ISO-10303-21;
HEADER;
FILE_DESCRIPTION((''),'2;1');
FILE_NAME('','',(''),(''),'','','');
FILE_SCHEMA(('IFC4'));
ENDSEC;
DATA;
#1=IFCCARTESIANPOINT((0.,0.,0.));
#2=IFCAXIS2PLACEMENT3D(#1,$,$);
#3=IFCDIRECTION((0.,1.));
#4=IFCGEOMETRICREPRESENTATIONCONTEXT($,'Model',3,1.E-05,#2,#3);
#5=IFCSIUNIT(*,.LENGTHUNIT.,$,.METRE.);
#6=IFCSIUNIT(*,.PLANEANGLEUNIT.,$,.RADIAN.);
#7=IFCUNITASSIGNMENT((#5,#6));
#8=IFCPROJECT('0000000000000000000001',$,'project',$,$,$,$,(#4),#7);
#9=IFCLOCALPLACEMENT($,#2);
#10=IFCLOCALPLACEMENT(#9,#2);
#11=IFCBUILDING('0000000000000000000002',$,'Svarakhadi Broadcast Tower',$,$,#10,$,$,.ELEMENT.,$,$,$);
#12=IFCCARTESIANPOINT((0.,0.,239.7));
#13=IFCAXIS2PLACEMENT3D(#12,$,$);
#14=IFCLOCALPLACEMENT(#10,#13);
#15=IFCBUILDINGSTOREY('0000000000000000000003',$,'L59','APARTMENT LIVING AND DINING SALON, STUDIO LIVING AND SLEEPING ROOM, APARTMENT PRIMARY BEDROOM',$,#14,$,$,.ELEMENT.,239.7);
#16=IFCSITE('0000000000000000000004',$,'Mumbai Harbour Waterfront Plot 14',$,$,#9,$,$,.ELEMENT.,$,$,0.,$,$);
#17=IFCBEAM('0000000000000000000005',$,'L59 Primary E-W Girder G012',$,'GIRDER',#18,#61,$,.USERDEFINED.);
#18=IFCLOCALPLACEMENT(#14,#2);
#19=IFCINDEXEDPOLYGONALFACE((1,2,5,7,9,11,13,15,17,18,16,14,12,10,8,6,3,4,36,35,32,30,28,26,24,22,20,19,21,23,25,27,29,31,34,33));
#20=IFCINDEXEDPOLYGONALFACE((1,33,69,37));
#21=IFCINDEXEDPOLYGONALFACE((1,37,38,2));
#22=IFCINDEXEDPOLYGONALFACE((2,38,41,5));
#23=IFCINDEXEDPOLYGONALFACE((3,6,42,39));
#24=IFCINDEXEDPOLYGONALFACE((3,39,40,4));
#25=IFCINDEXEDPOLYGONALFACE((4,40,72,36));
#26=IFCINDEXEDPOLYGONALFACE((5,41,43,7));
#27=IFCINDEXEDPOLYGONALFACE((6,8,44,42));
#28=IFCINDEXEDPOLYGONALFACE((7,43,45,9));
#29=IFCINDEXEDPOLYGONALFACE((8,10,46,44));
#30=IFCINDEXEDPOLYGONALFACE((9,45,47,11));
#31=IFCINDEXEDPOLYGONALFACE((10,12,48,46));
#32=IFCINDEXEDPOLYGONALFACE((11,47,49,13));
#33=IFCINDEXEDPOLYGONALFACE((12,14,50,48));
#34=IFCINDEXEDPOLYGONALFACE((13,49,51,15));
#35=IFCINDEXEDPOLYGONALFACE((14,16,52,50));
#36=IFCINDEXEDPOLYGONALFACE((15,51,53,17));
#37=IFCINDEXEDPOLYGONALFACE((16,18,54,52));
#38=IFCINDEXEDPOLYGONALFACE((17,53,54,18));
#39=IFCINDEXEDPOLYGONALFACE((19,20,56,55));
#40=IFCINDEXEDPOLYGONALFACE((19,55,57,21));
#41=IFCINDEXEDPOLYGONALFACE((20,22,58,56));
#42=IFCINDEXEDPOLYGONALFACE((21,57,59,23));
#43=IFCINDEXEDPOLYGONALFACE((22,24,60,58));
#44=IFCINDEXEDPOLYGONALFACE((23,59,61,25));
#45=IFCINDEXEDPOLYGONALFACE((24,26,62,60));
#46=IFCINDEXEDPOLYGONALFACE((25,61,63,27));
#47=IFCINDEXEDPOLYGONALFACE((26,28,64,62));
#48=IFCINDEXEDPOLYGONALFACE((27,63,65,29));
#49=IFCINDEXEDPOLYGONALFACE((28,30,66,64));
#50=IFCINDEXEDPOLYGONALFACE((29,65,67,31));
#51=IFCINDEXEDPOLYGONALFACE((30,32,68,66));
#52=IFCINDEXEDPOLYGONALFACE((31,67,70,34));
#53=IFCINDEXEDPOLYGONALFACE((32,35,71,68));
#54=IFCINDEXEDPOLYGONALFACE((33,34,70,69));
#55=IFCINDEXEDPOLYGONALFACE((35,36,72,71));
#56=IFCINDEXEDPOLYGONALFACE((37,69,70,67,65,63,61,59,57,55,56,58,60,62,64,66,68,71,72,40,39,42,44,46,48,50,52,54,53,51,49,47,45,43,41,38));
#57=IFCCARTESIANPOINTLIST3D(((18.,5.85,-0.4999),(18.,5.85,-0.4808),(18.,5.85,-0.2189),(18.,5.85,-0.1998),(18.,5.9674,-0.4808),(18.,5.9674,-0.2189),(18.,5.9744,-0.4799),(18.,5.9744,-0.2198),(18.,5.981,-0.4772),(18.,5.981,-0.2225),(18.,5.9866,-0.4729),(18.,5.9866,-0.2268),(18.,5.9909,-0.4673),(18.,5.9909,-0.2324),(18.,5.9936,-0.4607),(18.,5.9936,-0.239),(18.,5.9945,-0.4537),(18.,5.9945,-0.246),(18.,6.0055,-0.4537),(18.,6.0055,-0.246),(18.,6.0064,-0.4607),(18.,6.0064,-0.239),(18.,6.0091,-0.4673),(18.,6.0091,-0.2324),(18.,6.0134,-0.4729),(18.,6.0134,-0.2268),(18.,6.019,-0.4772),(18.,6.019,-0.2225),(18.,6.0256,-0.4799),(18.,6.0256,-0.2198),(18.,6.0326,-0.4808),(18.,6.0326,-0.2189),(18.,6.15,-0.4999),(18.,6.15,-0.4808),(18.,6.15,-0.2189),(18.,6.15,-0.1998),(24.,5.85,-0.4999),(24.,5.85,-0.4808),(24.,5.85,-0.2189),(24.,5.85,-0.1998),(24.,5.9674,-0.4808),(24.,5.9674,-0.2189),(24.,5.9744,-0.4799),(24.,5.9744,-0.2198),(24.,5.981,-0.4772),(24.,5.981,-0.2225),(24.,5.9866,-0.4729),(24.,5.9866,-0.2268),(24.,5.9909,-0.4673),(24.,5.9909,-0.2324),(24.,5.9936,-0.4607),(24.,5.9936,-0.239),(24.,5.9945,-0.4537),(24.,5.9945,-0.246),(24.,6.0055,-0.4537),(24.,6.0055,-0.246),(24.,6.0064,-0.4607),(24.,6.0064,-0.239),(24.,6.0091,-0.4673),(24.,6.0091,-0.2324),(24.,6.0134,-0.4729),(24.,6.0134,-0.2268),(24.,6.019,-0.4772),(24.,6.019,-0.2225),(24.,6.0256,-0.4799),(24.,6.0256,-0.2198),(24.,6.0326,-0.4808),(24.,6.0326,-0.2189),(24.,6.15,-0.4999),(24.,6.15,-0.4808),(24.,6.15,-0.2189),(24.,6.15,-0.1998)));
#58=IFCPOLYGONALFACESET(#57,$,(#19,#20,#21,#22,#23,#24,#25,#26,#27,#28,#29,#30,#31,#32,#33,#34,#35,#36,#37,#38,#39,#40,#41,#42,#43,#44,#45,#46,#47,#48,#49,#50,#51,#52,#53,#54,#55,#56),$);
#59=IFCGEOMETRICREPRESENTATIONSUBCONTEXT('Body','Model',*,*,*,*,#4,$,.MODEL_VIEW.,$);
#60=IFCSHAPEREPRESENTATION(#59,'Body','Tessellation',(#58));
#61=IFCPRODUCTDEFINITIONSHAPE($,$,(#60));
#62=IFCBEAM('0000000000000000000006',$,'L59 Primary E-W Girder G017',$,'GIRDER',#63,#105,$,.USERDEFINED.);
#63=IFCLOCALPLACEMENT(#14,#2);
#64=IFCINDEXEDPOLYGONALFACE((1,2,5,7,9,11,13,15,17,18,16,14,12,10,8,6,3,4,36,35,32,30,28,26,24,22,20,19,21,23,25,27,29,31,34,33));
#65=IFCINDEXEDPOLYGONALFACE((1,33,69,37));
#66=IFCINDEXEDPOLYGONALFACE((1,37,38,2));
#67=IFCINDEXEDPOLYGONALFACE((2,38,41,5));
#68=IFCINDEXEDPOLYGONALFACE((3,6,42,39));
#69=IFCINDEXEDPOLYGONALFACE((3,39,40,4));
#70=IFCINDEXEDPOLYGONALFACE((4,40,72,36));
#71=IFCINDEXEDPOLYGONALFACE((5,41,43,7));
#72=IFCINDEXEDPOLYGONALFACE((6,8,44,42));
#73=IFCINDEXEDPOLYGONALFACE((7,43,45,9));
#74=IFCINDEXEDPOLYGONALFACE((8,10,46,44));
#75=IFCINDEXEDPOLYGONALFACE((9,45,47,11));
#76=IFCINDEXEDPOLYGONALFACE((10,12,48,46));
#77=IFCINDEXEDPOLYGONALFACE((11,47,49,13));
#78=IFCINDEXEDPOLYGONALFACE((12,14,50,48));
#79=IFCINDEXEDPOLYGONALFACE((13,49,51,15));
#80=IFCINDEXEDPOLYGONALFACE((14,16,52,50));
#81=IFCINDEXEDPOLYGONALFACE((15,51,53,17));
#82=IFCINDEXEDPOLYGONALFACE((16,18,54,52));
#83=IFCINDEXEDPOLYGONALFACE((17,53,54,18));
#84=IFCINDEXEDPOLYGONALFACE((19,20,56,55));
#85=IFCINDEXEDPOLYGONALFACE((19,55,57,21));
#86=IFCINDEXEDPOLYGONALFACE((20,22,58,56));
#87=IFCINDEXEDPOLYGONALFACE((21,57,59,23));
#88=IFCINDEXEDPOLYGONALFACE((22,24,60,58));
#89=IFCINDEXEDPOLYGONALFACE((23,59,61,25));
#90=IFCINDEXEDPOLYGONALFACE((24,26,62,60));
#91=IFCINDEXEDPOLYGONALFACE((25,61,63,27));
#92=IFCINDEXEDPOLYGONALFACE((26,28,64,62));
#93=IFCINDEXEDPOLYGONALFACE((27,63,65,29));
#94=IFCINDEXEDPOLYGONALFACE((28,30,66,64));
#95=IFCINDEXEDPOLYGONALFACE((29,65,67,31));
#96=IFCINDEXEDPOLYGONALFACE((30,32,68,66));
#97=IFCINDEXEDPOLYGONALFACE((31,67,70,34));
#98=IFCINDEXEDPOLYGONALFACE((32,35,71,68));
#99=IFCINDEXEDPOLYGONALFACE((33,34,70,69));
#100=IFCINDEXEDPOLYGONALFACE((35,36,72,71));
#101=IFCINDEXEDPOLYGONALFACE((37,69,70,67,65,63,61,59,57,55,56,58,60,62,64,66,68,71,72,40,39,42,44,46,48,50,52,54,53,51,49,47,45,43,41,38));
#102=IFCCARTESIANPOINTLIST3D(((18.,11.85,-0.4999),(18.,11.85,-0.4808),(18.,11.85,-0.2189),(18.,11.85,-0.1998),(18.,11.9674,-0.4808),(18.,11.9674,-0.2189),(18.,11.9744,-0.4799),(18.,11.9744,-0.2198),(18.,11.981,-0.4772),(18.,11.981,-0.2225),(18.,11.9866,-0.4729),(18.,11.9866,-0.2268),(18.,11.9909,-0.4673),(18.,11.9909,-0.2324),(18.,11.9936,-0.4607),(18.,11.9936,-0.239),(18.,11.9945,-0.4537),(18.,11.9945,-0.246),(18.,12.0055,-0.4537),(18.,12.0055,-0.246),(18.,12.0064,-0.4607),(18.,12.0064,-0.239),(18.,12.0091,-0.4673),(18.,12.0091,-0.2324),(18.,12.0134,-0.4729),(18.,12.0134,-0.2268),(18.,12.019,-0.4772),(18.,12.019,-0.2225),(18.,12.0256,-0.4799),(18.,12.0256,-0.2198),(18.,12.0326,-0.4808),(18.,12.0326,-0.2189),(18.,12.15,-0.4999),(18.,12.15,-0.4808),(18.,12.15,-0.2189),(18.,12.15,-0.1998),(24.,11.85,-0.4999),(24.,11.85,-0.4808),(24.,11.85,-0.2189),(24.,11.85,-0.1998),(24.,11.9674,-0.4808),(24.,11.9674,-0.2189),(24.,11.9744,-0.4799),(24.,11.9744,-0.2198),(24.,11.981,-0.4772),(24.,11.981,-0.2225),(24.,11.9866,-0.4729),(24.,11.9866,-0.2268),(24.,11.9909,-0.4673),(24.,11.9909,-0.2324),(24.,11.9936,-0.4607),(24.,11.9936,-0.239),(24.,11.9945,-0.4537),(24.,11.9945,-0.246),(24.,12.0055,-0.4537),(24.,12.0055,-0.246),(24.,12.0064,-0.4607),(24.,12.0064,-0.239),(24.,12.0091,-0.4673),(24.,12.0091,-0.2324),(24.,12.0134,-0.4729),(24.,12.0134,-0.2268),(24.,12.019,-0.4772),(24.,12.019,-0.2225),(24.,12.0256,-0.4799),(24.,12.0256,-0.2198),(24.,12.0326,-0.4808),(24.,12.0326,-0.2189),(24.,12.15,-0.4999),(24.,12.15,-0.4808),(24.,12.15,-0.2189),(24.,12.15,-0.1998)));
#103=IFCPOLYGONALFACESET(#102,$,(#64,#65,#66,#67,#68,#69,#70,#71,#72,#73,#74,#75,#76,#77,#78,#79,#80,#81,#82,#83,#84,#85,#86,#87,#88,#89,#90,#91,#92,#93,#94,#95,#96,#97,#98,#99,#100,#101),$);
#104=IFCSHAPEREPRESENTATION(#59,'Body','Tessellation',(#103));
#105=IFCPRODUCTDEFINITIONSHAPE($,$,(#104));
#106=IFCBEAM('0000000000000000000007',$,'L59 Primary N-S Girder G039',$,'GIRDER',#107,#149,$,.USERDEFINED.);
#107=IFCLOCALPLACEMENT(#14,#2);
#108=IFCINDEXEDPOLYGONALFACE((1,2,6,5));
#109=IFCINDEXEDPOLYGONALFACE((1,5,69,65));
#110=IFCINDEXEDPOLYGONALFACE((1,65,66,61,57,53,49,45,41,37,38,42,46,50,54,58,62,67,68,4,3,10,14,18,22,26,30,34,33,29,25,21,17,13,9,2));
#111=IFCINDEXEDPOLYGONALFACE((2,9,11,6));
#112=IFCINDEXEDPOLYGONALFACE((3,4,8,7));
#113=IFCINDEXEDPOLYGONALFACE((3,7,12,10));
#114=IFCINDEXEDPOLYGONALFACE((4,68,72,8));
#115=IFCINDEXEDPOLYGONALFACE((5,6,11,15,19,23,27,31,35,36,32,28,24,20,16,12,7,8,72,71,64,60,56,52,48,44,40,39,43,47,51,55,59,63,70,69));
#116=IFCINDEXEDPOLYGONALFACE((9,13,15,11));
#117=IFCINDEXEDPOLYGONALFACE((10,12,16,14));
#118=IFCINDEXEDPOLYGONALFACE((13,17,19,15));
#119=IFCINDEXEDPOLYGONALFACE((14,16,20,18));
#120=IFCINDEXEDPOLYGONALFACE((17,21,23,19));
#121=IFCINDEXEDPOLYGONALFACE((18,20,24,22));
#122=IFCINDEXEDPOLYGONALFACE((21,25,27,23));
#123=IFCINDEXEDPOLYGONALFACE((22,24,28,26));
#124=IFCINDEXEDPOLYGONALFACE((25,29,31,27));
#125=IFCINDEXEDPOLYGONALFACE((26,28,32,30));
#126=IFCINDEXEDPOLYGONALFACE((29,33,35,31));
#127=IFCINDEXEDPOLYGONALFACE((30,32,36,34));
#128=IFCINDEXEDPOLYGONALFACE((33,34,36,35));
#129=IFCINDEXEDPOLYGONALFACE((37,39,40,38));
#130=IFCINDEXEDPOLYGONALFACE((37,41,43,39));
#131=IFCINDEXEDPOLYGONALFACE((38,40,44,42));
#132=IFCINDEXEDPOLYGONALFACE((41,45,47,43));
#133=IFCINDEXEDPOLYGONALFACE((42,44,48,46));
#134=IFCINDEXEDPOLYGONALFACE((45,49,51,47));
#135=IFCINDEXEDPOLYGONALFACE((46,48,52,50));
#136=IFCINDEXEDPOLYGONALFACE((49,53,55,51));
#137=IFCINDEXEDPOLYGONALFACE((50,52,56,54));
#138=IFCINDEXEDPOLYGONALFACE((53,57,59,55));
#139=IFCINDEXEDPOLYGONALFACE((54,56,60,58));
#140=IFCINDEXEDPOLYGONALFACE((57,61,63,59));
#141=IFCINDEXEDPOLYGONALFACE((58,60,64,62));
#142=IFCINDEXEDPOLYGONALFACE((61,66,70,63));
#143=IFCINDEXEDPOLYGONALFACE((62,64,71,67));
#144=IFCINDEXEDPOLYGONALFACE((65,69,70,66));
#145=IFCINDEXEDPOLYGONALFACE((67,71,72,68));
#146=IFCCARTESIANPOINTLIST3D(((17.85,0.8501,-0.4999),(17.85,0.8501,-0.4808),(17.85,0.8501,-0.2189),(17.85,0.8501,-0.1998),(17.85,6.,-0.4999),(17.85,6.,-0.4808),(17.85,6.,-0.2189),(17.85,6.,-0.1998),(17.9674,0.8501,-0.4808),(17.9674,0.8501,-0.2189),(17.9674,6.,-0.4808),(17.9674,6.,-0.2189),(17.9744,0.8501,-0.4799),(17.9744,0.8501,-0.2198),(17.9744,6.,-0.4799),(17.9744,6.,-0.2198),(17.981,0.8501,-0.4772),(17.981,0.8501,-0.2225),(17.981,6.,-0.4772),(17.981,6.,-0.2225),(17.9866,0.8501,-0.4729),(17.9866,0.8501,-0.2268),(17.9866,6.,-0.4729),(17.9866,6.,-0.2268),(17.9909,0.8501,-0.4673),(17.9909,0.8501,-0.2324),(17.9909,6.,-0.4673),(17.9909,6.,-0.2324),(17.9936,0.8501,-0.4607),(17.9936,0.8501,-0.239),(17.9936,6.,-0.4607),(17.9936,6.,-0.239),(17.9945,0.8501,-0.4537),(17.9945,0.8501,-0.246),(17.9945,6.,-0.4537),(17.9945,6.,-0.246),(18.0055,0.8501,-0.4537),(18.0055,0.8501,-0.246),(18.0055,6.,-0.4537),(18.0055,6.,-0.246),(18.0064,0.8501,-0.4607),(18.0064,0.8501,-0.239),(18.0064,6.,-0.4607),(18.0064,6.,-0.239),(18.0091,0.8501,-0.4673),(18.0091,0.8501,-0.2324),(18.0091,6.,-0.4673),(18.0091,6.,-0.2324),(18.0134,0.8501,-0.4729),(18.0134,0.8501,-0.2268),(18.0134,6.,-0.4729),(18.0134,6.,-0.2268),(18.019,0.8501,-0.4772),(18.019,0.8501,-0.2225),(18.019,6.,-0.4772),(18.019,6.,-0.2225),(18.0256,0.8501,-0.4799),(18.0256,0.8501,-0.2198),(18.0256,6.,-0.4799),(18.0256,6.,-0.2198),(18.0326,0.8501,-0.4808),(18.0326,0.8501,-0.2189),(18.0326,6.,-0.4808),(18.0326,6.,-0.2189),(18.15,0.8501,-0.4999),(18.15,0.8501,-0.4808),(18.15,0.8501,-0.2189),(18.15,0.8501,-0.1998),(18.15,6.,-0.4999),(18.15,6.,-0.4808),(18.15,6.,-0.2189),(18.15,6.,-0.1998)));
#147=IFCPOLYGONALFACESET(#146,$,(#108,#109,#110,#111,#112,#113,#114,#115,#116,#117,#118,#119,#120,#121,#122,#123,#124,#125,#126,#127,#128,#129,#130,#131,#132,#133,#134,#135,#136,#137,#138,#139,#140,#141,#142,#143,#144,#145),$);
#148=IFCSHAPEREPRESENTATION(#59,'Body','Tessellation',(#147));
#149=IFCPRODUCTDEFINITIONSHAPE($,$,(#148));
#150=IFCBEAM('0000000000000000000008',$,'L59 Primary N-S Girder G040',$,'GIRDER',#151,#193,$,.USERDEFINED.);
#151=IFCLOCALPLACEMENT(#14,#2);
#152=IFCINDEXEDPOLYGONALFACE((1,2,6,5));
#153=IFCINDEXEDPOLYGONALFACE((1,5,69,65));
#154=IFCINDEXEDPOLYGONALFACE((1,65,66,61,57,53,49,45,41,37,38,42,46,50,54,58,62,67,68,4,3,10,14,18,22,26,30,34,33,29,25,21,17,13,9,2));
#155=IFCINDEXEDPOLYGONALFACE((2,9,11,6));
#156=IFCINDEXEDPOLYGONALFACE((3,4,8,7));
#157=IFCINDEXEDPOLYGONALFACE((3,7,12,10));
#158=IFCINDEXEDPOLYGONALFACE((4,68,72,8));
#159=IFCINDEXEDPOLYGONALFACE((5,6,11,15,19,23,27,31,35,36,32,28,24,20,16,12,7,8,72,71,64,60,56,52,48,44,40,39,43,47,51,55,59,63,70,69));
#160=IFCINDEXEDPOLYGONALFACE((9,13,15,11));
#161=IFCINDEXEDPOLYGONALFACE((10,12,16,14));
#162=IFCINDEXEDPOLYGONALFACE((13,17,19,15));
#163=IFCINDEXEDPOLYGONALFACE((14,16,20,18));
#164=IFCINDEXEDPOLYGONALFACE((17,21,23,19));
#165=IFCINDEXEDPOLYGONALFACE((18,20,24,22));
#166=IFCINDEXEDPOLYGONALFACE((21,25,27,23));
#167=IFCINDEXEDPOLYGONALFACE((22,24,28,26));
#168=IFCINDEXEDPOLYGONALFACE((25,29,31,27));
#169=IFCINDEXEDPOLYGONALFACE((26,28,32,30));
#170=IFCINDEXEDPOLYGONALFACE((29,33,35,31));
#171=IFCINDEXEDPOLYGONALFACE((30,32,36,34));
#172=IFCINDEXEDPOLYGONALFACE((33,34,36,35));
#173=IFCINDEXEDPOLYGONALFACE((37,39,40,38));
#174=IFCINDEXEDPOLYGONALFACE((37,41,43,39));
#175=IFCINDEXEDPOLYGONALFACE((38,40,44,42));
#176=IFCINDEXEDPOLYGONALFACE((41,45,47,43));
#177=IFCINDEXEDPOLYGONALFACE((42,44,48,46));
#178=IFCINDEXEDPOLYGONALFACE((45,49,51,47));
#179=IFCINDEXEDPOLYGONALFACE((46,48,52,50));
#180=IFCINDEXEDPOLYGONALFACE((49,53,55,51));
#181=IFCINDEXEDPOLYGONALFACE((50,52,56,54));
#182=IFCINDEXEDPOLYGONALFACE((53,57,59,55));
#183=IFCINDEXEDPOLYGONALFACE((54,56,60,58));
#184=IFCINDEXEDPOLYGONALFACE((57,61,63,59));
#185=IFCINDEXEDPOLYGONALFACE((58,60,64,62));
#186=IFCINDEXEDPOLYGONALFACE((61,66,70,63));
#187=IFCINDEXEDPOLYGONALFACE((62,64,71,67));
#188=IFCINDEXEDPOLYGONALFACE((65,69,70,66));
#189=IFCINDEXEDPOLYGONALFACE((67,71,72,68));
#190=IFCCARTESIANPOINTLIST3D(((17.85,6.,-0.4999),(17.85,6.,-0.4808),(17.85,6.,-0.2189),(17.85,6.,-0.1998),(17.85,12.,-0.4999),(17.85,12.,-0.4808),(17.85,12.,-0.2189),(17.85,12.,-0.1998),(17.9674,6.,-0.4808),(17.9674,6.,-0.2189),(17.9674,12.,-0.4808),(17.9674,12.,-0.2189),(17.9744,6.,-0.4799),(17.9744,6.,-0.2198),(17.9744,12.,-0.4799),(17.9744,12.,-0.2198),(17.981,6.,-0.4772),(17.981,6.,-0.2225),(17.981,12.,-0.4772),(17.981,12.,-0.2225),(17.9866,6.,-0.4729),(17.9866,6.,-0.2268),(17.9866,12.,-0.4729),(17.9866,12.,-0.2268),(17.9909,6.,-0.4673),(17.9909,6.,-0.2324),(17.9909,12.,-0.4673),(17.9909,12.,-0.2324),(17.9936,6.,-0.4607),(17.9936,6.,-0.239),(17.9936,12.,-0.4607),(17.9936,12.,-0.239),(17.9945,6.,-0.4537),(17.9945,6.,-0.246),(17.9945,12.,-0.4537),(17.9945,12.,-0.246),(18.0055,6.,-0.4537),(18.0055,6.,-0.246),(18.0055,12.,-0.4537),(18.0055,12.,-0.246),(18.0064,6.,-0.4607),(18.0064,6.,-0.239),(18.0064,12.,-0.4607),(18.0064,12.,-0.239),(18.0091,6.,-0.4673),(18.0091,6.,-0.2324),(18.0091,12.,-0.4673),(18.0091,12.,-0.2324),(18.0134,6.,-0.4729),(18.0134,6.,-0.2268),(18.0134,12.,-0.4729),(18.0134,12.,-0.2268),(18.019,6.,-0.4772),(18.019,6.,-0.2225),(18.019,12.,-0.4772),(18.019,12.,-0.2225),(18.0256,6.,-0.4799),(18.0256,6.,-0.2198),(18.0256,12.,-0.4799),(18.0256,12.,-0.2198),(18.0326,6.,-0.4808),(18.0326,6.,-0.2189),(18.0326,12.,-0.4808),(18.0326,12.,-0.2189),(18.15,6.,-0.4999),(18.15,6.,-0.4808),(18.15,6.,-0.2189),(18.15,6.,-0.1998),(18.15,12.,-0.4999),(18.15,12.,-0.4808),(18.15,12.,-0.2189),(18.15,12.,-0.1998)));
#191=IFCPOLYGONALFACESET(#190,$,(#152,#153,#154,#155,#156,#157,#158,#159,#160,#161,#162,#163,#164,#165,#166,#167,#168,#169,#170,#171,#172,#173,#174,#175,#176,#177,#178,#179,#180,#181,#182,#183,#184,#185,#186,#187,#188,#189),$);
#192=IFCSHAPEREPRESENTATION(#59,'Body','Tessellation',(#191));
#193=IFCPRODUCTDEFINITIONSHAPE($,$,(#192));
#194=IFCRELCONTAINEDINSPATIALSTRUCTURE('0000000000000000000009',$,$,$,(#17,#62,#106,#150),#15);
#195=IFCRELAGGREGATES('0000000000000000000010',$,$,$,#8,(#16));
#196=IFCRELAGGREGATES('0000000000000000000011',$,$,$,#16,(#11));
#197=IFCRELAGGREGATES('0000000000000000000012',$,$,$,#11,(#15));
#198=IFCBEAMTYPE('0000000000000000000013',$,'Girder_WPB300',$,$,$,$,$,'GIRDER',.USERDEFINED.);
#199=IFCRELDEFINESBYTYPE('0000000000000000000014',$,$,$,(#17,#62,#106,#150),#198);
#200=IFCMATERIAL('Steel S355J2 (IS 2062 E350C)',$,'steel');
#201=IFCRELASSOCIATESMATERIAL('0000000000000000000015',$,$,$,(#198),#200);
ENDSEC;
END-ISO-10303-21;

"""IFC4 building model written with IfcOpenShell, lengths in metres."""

from ifc_helpers import new_model, si_unit, direction, frame, origin, origin_2d, place, context, subcontext, project, spatial, i_section, extrude, material, material_profile, profile_set, type_object, element, save


model = new_model("IFC4")

# Units and contexts
model_context = context("Model", 3, precision=1e-05, world=origin(), true_north=direction((0.0, 1.0)))
body_context = subcontext(model_context, "Body", "Model", "MODEL_VIEW")
ifc_project = project(units=[si_unit("LENGTHUNIT", "METRE"), si_unit("PLANEANGLEUNIT", "RADIAN")], contexts=[model_context])

# Site, building, storey
site_placement = place(None, origin())
site = spatial("IfcSite", under=ifc_project, at=site_placement, Name="Mumbai Harbour Waterfront Plot 14", CompositionType="ELEMENT", RefElevation=0.0)
building_placement = place(site_placement, origin())
building = spatial("IfcBuilding", under=site, at=building_placement, Name="Svarakhadi Broadcast Tower", CompositionType="ELEMENT")
storey_placement = place(building_placement, frame((0.0, 0.0, 239.7)))
storey = spatial("IfcBuildingStorey", under=building, at=storey_placement, Name="L59", Description="APARTMENT LIVING AND DINING SALON, STUDIO LIVING AND SLEEPING ROOM, APARTMENT PRIMARY BEDROOM", CompositionType="ELEMENT", Elevation=239.7)

# Shared definitions
ifc_material_1 = material(Name="Steel S355J2 (IS 2062 E350C)", Category="steel")

# Beams
ifc_material_profile_1 = material_profile(ifc_material_1, i_section(OverallWidth=0.3, OverallDepth=0.3, WebThickness=0.011, FlangeThickness=0.019, FilletRadius=0.0271, at=origin_2d()), Name="WPB 300x300x117")
ifc_profile_set_1 = profile_set([ifc_material_profile_1], Name="Steel S355J2 (IS 2062 E350C)")
beam_type_1 = type_object("IfcBeamType", Name="Girder_WPB300", ElementType="GIRDER", PredefinedType="USERDEFINED", material=ifc_profile_set_1)
for number, where, z_axis, x_axis, name in (
    (1, (18.0, 6.0, -0.3499), (1.0, 0.0, 0.0), (0.0, 1.0, 0.0), "L59 Primary E-W Girder G012"),
    (2, (18.0, 12.0, -0.3499), (1.0, 0.0, 0.0), (0.0, 1.0, 0.0), "L59 Primary E-W Girder G017"),
):
    element("IfcBeam", number, at=place(storey_placement, frame(where, z_axis=z_axis, x_axis=x_axis)), inside=storey, type_object=beam_type_1, Name=name, ObjectType="GIRDER", PredefinedType="USERDEFINED", context=body_context, shape_type="SweptSolid", body=[
        extrude(i_section(OverallWidth=0.3, OverallDepth=0.3, WebThickness=0.011, FlangeThickness=0.019, FilletRadius=0.0271, at=origin_2d()), origin(), (0.0, 0.0, 1.0), 6.0),
    ])
beam_1_placement = place(storey_placement, frame((18.0, 0.8501, -0.3499), z_axis=(0.0, 1.0, 0.0), x_axis=(-1.0, 0.0, 0.0)))
element("IfcBeam", 3, at=beam_1_placement, inside=storey, type_object=beam_type_1, Name="L59 Primary N-S Girder G039", ObjectType="GIRDER", PredefinedType="USERDEFINED", context=body_context, shape_type="SweptSolid", body=[
    extrude(i_section(OverallWidth=0.3, OverallDepth=0.3, WebThickness=0.011, FlangeThickness=0.019, FilletRadius=0.0271, at=origin_2d()), origin(), (0.0, 0.0, 1.0), 5.1499),
])
beam_2_placement = place(storey_placement, frame((18.0, 6.0, -0.3499), z_axis=(0.0, 1.0, 0.0), x_axis=(-1.0, 0.0, 0.0)))
element("IfcBeam", 4, at=beam_2_placement, inside=storey, type_object=beam_type_1, Name="L59 Primary N-S Girder G040", ObjectType="GIRDER", PredefinedType="USERDEFINED", context=body_context, shape_type="SweptSolid", body=[
    extrude(i_section(OverallWidth=0.3, OverallDepth=0.3, WebThickness=0.011, FlangeThickness=0.019, FilletRadius=0.0271, at=origin_2d()), origin(), (0.0, 0.0, 1.0), 6.0),
])

save(model, "model.ifc")
